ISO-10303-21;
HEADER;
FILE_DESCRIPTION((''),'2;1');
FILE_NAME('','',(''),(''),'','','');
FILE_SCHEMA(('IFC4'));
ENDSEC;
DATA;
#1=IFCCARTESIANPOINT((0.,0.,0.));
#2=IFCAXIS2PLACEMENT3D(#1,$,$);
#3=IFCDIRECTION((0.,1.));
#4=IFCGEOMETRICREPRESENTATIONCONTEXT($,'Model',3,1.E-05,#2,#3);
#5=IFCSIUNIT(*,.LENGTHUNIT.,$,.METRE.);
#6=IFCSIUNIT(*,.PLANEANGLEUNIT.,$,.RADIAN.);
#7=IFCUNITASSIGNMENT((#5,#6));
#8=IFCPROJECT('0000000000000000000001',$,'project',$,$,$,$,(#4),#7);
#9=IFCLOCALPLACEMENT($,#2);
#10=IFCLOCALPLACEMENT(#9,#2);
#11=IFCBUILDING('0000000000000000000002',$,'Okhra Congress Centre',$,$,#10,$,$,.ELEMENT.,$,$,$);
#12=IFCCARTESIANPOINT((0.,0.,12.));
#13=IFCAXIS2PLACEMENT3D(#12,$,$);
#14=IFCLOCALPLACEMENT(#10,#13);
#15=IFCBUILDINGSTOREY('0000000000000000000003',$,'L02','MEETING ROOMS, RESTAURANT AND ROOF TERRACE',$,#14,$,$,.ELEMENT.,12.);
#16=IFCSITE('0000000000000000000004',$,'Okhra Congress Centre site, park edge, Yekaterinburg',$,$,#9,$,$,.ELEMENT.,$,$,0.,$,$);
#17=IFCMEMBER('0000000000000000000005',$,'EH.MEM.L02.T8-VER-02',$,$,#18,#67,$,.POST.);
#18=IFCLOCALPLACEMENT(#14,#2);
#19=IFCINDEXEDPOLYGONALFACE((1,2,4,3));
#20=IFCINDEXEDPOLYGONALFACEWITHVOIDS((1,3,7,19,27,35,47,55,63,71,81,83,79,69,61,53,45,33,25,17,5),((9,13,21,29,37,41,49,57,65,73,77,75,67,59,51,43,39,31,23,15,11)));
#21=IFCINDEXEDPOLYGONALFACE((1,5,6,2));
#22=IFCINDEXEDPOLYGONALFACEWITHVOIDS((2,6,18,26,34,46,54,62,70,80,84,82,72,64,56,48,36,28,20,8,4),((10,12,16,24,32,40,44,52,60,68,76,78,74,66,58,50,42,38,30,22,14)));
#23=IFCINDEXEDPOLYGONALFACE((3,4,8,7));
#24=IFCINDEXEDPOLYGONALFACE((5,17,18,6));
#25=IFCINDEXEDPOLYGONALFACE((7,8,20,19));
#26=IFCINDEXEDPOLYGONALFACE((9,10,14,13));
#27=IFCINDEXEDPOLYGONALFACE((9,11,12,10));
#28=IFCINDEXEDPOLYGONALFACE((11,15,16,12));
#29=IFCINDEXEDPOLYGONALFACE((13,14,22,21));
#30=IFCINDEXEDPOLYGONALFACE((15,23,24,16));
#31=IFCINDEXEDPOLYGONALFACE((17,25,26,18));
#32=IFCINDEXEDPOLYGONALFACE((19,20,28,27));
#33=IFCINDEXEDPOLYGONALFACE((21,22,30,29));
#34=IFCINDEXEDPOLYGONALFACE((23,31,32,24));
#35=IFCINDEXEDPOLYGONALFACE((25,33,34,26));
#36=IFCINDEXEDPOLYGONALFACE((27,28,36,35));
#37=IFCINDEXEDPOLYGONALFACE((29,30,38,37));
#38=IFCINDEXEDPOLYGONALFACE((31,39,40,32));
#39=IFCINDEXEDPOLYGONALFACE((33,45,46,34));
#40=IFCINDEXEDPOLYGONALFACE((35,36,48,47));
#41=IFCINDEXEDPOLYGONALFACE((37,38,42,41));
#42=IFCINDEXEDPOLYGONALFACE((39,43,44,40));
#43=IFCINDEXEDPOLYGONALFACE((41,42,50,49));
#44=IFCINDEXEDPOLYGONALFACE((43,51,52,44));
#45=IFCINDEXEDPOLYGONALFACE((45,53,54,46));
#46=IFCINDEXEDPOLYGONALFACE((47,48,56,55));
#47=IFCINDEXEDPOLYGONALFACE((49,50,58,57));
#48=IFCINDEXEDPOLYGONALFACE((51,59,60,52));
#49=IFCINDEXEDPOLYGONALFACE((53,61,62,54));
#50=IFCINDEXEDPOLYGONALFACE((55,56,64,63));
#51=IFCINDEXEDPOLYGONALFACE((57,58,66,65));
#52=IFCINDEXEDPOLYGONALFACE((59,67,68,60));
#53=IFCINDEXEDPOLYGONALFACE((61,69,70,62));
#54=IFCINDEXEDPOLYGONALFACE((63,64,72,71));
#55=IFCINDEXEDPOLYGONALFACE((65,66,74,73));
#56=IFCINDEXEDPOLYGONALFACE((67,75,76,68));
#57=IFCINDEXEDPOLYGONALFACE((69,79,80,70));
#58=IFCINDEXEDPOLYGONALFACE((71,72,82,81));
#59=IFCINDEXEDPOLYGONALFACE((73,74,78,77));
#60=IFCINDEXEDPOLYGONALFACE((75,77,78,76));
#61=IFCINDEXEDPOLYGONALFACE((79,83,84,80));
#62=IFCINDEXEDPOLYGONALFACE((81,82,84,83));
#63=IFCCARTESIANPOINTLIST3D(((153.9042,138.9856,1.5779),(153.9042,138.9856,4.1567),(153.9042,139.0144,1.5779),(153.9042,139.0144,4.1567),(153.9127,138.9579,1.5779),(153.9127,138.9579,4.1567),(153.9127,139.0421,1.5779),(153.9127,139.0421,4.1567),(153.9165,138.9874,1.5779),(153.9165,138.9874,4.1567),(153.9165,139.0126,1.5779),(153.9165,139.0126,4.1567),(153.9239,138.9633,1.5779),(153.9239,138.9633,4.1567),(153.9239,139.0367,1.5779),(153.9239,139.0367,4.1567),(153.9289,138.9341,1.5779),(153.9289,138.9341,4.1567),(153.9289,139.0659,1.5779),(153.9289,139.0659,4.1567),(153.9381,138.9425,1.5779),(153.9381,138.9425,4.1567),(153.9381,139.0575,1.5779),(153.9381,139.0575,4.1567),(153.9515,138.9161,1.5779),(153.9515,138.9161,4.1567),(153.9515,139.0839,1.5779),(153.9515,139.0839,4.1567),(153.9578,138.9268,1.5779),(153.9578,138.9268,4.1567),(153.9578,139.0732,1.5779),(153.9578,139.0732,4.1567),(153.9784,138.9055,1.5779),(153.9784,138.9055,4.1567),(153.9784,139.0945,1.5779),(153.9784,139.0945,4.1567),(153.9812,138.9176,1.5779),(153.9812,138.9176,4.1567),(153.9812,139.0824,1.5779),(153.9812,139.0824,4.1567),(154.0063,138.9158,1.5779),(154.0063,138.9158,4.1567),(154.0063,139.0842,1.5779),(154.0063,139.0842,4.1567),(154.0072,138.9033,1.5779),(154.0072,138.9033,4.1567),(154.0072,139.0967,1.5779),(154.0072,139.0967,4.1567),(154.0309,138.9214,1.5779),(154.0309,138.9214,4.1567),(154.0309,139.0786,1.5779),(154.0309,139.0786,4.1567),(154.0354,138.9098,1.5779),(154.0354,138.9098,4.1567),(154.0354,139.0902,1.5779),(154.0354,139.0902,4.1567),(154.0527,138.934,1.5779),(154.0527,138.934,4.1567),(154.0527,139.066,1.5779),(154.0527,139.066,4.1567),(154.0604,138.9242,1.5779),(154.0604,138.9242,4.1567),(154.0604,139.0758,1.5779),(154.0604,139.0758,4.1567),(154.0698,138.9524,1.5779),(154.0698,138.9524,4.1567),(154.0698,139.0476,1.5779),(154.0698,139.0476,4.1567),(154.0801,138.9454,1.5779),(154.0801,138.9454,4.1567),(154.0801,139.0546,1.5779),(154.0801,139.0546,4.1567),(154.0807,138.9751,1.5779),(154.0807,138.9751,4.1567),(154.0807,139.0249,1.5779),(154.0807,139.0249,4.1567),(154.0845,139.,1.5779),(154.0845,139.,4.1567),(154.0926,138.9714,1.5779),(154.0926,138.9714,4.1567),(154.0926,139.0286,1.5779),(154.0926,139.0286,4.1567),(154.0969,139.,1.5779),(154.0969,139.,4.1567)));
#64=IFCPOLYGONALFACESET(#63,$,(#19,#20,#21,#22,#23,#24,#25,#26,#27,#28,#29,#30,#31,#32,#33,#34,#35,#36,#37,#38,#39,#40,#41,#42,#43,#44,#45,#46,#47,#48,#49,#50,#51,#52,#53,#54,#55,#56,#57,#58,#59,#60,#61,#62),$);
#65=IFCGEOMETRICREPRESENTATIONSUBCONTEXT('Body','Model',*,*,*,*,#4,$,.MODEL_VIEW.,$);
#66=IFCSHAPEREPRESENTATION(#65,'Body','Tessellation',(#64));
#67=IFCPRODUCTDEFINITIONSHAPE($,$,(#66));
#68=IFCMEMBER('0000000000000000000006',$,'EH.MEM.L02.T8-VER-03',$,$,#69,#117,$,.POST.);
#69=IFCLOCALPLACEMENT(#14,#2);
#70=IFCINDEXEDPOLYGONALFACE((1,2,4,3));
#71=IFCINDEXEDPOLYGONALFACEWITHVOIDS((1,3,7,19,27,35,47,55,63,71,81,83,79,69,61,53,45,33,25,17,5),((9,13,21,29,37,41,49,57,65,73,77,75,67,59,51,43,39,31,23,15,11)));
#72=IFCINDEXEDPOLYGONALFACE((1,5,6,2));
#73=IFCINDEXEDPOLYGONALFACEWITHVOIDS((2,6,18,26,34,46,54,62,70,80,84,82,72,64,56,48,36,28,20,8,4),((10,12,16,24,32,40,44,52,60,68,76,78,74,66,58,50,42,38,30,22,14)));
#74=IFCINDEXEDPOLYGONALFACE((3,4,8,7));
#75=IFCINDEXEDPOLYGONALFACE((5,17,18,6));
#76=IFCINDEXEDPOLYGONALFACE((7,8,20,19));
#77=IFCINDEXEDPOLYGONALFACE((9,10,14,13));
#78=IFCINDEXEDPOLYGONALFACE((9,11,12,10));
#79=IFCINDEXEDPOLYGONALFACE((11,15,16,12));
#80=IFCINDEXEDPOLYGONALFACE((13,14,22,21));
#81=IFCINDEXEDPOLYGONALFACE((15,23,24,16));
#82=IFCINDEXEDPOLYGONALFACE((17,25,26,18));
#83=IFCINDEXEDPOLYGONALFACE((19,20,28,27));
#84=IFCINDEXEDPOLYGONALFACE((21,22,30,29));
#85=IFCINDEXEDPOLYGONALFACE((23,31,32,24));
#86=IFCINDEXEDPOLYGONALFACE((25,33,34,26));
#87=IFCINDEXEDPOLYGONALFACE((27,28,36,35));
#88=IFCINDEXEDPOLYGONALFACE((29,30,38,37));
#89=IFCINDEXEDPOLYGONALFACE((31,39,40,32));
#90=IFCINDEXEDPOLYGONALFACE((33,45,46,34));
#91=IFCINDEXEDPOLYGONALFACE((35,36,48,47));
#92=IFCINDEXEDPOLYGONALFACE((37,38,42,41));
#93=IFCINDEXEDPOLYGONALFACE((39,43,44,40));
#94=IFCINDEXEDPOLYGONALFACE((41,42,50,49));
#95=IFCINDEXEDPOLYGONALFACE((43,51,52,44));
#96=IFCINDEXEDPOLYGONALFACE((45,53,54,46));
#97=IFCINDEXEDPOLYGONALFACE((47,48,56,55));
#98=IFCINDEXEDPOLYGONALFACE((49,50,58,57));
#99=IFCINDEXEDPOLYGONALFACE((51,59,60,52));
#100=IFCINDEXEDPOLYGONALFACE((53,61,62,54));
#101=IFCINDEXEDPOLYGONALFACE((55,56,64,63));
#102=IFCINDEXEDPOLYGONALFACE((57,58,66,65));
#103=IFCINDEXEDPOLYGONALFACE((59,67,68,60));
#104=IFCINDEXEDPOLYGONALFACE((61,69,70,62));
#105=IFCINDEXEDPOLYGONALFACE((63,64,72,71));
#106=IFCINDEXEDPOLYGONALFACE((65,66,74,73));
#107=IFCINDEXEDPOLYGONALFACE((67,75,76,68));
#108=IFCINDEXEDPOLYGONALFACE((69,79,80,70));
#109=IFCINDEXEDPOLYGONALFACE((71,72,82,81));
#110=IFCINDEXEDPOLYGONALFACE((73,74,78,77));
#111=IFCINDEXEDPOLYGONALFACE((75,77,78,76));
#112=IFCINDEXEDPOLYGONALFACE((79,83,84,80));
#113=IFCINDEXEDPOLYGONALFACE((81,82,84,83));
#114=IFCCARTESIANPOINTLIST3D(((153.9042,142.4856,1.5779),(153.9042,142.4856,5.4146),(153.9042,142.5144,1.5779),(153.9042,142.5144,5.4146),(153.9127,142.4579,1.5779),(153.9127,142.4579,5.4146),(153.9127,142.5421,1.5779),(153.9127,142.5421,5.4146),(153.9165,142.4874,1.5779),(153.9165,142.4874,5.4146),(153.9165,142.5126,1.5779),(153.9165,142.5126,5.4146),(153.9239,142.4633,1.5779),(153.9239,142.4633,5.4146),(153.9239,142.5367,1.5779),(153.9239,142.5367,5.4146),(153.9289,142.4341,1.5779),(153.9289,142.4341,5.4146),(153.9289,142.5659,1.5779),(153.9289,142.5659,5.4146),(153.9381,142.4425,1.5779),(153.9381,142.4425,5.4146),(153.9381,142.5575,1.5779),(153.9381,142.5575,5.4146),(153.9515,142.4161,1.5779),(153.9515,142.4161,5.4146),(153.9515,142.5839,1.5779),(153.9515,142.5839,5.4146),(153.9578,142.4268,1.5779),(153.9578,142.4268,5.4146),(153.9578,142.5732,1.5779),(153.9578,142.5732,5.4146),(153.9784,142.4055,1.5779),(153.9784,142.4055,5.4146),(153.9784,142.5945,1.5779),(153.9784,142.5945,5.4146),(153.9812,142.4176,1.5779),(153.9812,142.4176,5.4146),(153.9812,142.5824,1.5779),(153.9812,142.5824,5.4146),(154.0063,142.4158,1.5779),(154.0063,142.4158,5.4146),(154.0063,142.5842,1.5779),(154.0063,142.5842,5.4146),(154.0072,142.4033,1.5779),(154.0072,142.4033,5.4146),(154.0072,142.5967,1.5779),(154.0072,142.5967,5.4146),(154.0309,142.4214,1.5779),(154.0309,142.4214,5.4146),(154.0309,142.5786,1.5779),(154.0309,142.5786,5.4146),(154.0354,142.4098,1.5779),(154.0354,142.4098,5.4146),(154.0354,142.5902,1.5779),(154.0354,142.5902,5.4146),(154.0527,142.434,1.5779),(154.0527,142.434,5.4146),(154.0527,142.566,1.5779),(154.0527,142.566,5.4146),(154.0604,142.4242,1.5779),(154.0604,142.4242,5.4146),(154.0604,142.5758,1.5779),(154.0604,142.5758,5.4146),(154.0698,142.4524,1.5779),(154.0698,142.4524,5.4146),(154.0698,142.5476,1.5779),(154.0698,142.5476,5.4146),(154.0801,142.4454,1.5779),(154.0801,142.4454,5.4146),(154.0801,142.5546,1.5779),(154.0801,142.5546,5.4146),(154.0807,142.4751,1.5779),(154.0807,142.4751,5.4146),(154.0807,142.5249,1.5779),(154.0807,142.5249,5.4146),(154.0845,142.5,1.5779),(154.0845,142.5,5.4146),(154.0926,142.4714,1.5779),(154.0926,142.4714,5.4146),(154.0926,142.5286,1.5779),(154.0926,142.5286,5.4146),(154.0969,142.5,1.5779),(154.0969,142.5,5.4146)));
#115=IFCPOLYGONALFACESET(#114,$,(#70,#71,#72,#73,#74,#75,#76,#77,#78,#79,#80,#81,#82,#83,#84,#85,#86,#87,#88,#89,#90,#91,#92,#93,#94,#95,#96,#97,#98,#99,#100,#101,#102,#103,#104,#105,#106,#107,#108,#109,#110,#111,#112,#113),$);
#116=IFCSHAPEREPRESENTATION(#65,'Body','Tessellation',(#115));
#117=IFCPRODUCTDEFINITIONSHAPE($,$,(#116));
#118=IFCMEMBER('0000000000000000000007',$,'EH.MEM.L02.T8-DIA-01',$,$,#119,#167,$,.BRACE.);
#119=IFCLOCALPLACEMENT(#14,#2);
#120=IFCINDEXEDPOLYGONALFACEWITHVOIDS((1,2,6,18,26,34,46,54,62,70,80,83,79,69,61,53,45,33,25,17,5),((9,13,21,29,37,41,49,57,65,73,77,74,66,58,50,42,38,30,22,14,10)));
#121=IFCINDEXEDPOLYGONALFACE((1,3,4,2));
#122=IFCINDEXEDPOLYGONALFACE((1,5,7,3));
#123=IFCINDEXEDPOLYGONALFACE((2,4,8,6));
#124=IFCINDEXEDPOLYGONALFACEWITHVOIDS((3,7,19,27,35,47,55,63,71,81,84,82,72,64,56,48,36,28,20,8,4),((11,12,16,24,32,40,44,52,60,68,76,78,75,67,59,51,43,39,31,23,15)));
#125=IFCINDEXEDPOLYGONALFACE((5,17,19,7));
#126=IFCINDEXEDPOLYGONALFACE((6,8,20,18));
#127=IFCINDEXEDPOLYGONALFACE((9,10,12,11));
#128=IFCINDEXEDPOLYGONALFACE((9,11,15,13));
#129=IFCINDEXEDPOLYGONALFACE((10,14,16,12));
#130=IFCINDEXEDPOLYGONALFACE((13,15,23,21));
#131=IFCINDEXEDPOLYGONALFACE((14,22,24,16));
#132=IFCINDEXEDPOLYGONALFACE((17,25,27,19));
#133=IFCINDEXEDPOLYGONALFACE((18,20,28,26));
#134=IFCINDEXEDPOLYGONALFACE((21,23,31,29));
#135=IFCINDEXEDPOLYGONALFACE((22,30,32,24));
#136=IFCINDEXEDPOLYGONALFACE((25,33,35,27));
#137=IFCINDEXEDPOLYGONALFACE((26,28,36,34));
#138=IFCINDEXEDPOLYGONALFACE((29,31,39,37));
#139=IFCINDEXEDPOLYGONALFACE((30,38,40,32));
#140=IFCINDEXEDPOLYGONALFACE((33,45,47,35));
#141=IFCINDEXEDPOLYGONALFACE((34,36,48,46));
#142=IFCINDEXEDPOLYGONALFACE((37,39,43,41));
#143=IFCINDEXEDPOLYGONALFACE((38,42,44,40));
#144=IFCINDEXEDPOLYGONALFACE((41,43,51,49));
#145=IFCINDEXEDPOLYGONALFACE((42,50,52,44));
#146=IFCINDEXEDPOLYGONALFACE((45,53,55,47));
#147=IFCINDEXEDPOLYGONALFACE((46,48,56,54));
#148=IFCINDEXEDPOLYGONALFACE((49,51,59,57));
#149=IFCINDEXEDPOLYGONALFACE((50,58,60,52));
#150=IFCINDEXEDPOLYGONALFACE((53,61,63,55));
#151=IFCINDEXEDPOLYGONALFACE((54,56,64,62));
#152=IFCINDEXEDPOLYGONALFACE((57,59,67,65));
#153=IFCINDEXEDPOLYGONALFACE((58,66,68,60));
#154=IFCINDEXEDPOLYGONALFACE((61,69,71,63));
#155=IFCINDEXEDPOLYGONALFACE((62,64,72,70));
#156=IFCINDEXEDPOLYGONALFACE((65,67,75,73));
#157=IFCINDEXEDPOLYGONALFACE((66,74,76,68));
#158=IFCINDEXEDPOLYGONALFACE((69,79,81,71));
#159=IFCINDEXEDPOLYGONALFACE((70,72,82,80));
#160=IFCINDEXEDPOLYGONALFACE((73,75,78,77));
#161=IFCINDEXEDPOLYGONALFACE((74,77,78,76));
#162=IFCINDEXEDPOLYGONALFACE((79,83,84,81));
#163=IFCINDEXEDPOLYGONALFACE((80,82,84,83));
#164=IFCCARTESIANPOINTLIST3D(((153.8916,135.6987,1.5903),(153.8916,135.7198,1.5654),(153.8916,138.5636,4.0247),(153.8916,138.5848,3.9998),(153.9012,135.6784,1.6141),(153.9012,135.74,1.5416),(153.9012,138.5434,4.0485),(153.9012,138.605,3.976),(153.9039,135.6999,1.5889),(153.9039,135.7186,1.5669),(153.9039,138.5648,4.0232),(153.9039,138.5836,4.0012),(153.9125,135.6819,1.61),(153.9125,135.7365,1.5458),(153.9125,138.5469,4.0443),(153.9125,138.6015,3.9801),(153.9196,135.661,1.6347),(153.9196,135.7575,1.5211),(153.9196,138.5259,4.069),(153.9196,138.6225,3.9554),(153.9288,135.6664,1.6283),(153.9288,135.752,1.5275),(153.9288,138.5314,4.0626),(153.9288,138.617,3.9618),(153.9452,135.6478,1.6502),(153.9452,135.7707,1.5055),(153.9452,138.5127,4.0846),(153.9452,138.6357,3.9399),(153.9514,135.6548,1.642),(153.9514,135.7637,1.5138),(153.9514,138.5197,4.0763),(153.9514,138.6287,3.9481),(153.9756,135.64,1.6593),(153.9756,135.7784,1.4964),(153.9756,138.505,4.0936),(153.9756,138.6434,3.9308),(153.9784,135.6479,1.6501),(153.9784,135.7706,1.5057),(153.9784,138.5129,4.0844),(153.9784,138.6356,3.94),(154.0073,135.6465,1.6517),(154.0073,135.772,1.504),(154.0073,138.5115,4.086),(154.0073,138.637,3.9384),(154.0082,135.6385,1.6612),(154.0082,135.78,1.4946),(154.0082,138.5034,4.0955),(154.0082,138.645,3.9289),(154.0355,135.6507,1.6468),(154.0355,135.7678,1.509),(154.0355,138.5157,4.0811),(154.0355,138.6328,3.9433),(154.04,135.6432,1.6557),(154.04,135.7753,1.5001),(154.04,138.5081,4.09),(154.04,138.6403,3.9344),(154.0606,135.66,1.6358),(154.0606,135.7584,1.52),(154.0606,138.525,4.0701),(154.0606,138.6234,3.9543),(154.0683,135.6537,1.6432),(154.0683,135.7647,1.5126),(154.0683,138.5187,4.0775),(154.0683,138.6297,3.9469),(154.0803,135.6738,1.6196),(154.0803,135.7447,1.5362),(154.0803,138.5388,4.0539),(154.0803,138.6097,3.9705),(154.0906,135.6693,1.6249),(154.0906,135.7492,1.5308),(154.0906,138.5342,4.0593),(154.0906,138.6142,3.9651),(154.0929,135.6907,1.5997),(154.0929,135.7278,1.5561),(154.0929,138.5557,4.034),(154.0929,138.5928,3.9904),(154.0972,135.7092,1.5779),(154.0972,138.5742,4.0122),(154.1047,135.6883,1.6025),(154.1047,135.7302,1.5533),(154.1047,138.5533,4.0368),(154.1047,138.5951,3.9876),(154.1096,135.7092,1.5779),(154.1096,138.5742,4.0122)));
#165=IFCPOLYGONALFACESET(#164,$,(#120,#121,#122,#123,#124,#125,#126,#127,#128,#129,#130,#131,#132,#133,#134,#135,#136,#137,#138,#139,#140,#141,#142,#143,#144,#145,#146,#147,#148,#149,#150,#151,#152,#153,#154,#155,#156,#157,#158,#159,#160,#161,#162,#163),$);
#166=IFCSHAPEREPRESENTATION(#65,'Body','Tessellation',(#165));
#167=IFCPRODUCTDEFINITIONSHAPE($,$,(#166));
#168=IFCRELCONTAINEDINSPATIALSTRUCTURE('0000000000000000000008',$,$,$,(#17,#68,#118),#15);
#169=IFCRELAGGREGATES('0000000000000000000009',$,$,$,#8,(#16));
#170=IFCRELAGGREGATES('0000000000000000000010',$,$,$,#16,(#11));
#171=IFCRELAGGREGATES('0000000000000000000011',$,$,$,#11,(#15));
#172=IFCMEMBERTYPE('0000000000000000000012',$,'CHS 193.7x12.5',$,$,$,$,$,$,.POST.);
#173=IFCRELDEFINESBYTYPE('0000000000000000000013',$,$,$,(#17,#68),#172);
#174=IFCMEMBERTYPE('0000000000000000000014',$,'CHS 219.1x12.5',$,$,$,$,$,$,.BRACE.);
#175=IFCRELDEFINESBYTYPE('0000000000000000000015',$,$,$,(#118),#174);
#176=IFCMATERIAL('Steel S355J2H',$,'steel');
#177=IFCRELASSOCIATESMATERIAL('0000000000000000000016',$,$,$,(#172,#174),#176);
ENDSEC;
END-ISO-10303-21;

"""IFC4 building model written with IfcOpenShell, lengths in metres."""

from ifc_helpers import new_model, si_unit, direction, frame, origin, origin_2d, place, context, subcontext, project, spatial, hollow_circle, extrude, material, material_profile, profile_set, type_object, element, save


model = new_model("IFC4")

# Units and contexts
model_context = context("Model", 3, precision=1e-05, world=origin(), true_north=direction((0.0, 1.0)))
body_context = subcontext(model_context, "Body", "Model", "MODEL_VIEW")
ifc_project = project(units=[si_unit("LENGTHUNIT", "METRE"), si_unit("PLANEANGLEUNIT", "RADIAN")], contexts=[model_context])

# Site, building, storey
site_placement = place(None, origin())
site = spatial("IfcSite", under=ifc_project, at=site_placement, Name="Okhra Congress Centre site, park edge, Yekaterinburg", CompositionType="ELEMENT", RefElevation=0.0)
building_placement = place(site_placement, origin())
building = spatial("IfcBuilding", under=site, at=building_placement, Name="Okhra Congress Centre", CompositionType="ELEMENT")
storey_placement = place(building_placement, frame((0.0, 0.0, 12.0)))
storey = spatial("IfcBuildingStorey", under=building, at=storey_placement, Name="L02", Description="MEETING ROOMS, RESTAURANT AND ROOF TERRACE", CompositionType="ELEMENT", Elevation=12.0)

# Members
ifc_material_1 = material(Name="Steel S355J2H", Category="steel")
ifc_material_profile_1 = material_profile(ifc_material_1, hollow_circle(Radius=0.0969, WallThickness=0.0125, at=origin_2d()), Name="CHS 193.7x12.5")
ifc_profile_set_1 = profile_set([ifc_material_profile_1], Name="Steel S355J2H")
member_type_1 = type_object("IfcMemberType", Name="CHS 193.7x12.5", PredefinedType="POST", material=ifc_profile_set_1)
member_1_placement = place(storey_placement, frame((154.0, 139.0, 1.5779), z_axis=(0.0, 0.0, 1.0), x_axis=(1.0, 0.0, 0.0)))
element("IfcMember", 1, at=member_1_placement, inside=storey, type_object=member_type_1, Name="EH.MEM.L02.T8-VER-02", PredefinedType="POST", context=body_context, shape_type="SweptSolid", body=[
    extrude(hollow_circle(Radius=0.0969, WallThickness=0.0125, at=origin_2d()), origin(), (0.0, 0.0, 1.0), 2.5789),
])
member_2_placement = place(storey_placement, frame((154.0, 142.5, 1.5779), z_axis=(0.0, 0.0, 1.0), x_axis=(1.0, 0.0, 0.0)))
element("IfcMember", 2, at=member_2_placement, inside=storey, type_object=member_type_1, Name="EH.MEM.L02.T8-VER-03", PredefinedType="POST", context=body_context, shape_type="SweptSolid", body=[
    extrude(hollow_circle(Radius=0.0969, WallThickness=0.0125, at=origin_2d()), origin(), (0.0, 0.0, 1.0), 3.8367),
])
ifc_material_profile_2 = material_profile(ifc_material_1, hollow_circle(Radius=0.1096, WallThickness=0.0125, at=origin_2d()), Name="CHS 219.1x12.5")
ifc_profile_set_2 = profile_set([ifc_material_profile_2], Name="Steel S355J2H")
member_type_2 = type_object("IfcMemberType", Name="CHS 219.1x12.5", PredefinedType="BRACE", material=ifc_profile_set_2)
member_3_placement = place(storey_placement, frame((154.0, 138.5742, 4.0122), z_axis=(0.0, -0.762059, -0.647507), x_axis=(1.0, 0.0, 0.0)))
element("IfcMember", 3, at=member_3_placement, inside=storey, type_object=member_type_2, Name="EH.MEM.L02.T8-DIA-01", PredefinedType="BRACE", context=body_context, shape_type="SweptSolid", body=[
    extrude(hollow_circle(Radius=0.1096, WallThickness=0.0125, at=origin_2d()), origin(), (0.0, 0.0, 1.0), 3.7595),
])

save(model, "model.ifc")
